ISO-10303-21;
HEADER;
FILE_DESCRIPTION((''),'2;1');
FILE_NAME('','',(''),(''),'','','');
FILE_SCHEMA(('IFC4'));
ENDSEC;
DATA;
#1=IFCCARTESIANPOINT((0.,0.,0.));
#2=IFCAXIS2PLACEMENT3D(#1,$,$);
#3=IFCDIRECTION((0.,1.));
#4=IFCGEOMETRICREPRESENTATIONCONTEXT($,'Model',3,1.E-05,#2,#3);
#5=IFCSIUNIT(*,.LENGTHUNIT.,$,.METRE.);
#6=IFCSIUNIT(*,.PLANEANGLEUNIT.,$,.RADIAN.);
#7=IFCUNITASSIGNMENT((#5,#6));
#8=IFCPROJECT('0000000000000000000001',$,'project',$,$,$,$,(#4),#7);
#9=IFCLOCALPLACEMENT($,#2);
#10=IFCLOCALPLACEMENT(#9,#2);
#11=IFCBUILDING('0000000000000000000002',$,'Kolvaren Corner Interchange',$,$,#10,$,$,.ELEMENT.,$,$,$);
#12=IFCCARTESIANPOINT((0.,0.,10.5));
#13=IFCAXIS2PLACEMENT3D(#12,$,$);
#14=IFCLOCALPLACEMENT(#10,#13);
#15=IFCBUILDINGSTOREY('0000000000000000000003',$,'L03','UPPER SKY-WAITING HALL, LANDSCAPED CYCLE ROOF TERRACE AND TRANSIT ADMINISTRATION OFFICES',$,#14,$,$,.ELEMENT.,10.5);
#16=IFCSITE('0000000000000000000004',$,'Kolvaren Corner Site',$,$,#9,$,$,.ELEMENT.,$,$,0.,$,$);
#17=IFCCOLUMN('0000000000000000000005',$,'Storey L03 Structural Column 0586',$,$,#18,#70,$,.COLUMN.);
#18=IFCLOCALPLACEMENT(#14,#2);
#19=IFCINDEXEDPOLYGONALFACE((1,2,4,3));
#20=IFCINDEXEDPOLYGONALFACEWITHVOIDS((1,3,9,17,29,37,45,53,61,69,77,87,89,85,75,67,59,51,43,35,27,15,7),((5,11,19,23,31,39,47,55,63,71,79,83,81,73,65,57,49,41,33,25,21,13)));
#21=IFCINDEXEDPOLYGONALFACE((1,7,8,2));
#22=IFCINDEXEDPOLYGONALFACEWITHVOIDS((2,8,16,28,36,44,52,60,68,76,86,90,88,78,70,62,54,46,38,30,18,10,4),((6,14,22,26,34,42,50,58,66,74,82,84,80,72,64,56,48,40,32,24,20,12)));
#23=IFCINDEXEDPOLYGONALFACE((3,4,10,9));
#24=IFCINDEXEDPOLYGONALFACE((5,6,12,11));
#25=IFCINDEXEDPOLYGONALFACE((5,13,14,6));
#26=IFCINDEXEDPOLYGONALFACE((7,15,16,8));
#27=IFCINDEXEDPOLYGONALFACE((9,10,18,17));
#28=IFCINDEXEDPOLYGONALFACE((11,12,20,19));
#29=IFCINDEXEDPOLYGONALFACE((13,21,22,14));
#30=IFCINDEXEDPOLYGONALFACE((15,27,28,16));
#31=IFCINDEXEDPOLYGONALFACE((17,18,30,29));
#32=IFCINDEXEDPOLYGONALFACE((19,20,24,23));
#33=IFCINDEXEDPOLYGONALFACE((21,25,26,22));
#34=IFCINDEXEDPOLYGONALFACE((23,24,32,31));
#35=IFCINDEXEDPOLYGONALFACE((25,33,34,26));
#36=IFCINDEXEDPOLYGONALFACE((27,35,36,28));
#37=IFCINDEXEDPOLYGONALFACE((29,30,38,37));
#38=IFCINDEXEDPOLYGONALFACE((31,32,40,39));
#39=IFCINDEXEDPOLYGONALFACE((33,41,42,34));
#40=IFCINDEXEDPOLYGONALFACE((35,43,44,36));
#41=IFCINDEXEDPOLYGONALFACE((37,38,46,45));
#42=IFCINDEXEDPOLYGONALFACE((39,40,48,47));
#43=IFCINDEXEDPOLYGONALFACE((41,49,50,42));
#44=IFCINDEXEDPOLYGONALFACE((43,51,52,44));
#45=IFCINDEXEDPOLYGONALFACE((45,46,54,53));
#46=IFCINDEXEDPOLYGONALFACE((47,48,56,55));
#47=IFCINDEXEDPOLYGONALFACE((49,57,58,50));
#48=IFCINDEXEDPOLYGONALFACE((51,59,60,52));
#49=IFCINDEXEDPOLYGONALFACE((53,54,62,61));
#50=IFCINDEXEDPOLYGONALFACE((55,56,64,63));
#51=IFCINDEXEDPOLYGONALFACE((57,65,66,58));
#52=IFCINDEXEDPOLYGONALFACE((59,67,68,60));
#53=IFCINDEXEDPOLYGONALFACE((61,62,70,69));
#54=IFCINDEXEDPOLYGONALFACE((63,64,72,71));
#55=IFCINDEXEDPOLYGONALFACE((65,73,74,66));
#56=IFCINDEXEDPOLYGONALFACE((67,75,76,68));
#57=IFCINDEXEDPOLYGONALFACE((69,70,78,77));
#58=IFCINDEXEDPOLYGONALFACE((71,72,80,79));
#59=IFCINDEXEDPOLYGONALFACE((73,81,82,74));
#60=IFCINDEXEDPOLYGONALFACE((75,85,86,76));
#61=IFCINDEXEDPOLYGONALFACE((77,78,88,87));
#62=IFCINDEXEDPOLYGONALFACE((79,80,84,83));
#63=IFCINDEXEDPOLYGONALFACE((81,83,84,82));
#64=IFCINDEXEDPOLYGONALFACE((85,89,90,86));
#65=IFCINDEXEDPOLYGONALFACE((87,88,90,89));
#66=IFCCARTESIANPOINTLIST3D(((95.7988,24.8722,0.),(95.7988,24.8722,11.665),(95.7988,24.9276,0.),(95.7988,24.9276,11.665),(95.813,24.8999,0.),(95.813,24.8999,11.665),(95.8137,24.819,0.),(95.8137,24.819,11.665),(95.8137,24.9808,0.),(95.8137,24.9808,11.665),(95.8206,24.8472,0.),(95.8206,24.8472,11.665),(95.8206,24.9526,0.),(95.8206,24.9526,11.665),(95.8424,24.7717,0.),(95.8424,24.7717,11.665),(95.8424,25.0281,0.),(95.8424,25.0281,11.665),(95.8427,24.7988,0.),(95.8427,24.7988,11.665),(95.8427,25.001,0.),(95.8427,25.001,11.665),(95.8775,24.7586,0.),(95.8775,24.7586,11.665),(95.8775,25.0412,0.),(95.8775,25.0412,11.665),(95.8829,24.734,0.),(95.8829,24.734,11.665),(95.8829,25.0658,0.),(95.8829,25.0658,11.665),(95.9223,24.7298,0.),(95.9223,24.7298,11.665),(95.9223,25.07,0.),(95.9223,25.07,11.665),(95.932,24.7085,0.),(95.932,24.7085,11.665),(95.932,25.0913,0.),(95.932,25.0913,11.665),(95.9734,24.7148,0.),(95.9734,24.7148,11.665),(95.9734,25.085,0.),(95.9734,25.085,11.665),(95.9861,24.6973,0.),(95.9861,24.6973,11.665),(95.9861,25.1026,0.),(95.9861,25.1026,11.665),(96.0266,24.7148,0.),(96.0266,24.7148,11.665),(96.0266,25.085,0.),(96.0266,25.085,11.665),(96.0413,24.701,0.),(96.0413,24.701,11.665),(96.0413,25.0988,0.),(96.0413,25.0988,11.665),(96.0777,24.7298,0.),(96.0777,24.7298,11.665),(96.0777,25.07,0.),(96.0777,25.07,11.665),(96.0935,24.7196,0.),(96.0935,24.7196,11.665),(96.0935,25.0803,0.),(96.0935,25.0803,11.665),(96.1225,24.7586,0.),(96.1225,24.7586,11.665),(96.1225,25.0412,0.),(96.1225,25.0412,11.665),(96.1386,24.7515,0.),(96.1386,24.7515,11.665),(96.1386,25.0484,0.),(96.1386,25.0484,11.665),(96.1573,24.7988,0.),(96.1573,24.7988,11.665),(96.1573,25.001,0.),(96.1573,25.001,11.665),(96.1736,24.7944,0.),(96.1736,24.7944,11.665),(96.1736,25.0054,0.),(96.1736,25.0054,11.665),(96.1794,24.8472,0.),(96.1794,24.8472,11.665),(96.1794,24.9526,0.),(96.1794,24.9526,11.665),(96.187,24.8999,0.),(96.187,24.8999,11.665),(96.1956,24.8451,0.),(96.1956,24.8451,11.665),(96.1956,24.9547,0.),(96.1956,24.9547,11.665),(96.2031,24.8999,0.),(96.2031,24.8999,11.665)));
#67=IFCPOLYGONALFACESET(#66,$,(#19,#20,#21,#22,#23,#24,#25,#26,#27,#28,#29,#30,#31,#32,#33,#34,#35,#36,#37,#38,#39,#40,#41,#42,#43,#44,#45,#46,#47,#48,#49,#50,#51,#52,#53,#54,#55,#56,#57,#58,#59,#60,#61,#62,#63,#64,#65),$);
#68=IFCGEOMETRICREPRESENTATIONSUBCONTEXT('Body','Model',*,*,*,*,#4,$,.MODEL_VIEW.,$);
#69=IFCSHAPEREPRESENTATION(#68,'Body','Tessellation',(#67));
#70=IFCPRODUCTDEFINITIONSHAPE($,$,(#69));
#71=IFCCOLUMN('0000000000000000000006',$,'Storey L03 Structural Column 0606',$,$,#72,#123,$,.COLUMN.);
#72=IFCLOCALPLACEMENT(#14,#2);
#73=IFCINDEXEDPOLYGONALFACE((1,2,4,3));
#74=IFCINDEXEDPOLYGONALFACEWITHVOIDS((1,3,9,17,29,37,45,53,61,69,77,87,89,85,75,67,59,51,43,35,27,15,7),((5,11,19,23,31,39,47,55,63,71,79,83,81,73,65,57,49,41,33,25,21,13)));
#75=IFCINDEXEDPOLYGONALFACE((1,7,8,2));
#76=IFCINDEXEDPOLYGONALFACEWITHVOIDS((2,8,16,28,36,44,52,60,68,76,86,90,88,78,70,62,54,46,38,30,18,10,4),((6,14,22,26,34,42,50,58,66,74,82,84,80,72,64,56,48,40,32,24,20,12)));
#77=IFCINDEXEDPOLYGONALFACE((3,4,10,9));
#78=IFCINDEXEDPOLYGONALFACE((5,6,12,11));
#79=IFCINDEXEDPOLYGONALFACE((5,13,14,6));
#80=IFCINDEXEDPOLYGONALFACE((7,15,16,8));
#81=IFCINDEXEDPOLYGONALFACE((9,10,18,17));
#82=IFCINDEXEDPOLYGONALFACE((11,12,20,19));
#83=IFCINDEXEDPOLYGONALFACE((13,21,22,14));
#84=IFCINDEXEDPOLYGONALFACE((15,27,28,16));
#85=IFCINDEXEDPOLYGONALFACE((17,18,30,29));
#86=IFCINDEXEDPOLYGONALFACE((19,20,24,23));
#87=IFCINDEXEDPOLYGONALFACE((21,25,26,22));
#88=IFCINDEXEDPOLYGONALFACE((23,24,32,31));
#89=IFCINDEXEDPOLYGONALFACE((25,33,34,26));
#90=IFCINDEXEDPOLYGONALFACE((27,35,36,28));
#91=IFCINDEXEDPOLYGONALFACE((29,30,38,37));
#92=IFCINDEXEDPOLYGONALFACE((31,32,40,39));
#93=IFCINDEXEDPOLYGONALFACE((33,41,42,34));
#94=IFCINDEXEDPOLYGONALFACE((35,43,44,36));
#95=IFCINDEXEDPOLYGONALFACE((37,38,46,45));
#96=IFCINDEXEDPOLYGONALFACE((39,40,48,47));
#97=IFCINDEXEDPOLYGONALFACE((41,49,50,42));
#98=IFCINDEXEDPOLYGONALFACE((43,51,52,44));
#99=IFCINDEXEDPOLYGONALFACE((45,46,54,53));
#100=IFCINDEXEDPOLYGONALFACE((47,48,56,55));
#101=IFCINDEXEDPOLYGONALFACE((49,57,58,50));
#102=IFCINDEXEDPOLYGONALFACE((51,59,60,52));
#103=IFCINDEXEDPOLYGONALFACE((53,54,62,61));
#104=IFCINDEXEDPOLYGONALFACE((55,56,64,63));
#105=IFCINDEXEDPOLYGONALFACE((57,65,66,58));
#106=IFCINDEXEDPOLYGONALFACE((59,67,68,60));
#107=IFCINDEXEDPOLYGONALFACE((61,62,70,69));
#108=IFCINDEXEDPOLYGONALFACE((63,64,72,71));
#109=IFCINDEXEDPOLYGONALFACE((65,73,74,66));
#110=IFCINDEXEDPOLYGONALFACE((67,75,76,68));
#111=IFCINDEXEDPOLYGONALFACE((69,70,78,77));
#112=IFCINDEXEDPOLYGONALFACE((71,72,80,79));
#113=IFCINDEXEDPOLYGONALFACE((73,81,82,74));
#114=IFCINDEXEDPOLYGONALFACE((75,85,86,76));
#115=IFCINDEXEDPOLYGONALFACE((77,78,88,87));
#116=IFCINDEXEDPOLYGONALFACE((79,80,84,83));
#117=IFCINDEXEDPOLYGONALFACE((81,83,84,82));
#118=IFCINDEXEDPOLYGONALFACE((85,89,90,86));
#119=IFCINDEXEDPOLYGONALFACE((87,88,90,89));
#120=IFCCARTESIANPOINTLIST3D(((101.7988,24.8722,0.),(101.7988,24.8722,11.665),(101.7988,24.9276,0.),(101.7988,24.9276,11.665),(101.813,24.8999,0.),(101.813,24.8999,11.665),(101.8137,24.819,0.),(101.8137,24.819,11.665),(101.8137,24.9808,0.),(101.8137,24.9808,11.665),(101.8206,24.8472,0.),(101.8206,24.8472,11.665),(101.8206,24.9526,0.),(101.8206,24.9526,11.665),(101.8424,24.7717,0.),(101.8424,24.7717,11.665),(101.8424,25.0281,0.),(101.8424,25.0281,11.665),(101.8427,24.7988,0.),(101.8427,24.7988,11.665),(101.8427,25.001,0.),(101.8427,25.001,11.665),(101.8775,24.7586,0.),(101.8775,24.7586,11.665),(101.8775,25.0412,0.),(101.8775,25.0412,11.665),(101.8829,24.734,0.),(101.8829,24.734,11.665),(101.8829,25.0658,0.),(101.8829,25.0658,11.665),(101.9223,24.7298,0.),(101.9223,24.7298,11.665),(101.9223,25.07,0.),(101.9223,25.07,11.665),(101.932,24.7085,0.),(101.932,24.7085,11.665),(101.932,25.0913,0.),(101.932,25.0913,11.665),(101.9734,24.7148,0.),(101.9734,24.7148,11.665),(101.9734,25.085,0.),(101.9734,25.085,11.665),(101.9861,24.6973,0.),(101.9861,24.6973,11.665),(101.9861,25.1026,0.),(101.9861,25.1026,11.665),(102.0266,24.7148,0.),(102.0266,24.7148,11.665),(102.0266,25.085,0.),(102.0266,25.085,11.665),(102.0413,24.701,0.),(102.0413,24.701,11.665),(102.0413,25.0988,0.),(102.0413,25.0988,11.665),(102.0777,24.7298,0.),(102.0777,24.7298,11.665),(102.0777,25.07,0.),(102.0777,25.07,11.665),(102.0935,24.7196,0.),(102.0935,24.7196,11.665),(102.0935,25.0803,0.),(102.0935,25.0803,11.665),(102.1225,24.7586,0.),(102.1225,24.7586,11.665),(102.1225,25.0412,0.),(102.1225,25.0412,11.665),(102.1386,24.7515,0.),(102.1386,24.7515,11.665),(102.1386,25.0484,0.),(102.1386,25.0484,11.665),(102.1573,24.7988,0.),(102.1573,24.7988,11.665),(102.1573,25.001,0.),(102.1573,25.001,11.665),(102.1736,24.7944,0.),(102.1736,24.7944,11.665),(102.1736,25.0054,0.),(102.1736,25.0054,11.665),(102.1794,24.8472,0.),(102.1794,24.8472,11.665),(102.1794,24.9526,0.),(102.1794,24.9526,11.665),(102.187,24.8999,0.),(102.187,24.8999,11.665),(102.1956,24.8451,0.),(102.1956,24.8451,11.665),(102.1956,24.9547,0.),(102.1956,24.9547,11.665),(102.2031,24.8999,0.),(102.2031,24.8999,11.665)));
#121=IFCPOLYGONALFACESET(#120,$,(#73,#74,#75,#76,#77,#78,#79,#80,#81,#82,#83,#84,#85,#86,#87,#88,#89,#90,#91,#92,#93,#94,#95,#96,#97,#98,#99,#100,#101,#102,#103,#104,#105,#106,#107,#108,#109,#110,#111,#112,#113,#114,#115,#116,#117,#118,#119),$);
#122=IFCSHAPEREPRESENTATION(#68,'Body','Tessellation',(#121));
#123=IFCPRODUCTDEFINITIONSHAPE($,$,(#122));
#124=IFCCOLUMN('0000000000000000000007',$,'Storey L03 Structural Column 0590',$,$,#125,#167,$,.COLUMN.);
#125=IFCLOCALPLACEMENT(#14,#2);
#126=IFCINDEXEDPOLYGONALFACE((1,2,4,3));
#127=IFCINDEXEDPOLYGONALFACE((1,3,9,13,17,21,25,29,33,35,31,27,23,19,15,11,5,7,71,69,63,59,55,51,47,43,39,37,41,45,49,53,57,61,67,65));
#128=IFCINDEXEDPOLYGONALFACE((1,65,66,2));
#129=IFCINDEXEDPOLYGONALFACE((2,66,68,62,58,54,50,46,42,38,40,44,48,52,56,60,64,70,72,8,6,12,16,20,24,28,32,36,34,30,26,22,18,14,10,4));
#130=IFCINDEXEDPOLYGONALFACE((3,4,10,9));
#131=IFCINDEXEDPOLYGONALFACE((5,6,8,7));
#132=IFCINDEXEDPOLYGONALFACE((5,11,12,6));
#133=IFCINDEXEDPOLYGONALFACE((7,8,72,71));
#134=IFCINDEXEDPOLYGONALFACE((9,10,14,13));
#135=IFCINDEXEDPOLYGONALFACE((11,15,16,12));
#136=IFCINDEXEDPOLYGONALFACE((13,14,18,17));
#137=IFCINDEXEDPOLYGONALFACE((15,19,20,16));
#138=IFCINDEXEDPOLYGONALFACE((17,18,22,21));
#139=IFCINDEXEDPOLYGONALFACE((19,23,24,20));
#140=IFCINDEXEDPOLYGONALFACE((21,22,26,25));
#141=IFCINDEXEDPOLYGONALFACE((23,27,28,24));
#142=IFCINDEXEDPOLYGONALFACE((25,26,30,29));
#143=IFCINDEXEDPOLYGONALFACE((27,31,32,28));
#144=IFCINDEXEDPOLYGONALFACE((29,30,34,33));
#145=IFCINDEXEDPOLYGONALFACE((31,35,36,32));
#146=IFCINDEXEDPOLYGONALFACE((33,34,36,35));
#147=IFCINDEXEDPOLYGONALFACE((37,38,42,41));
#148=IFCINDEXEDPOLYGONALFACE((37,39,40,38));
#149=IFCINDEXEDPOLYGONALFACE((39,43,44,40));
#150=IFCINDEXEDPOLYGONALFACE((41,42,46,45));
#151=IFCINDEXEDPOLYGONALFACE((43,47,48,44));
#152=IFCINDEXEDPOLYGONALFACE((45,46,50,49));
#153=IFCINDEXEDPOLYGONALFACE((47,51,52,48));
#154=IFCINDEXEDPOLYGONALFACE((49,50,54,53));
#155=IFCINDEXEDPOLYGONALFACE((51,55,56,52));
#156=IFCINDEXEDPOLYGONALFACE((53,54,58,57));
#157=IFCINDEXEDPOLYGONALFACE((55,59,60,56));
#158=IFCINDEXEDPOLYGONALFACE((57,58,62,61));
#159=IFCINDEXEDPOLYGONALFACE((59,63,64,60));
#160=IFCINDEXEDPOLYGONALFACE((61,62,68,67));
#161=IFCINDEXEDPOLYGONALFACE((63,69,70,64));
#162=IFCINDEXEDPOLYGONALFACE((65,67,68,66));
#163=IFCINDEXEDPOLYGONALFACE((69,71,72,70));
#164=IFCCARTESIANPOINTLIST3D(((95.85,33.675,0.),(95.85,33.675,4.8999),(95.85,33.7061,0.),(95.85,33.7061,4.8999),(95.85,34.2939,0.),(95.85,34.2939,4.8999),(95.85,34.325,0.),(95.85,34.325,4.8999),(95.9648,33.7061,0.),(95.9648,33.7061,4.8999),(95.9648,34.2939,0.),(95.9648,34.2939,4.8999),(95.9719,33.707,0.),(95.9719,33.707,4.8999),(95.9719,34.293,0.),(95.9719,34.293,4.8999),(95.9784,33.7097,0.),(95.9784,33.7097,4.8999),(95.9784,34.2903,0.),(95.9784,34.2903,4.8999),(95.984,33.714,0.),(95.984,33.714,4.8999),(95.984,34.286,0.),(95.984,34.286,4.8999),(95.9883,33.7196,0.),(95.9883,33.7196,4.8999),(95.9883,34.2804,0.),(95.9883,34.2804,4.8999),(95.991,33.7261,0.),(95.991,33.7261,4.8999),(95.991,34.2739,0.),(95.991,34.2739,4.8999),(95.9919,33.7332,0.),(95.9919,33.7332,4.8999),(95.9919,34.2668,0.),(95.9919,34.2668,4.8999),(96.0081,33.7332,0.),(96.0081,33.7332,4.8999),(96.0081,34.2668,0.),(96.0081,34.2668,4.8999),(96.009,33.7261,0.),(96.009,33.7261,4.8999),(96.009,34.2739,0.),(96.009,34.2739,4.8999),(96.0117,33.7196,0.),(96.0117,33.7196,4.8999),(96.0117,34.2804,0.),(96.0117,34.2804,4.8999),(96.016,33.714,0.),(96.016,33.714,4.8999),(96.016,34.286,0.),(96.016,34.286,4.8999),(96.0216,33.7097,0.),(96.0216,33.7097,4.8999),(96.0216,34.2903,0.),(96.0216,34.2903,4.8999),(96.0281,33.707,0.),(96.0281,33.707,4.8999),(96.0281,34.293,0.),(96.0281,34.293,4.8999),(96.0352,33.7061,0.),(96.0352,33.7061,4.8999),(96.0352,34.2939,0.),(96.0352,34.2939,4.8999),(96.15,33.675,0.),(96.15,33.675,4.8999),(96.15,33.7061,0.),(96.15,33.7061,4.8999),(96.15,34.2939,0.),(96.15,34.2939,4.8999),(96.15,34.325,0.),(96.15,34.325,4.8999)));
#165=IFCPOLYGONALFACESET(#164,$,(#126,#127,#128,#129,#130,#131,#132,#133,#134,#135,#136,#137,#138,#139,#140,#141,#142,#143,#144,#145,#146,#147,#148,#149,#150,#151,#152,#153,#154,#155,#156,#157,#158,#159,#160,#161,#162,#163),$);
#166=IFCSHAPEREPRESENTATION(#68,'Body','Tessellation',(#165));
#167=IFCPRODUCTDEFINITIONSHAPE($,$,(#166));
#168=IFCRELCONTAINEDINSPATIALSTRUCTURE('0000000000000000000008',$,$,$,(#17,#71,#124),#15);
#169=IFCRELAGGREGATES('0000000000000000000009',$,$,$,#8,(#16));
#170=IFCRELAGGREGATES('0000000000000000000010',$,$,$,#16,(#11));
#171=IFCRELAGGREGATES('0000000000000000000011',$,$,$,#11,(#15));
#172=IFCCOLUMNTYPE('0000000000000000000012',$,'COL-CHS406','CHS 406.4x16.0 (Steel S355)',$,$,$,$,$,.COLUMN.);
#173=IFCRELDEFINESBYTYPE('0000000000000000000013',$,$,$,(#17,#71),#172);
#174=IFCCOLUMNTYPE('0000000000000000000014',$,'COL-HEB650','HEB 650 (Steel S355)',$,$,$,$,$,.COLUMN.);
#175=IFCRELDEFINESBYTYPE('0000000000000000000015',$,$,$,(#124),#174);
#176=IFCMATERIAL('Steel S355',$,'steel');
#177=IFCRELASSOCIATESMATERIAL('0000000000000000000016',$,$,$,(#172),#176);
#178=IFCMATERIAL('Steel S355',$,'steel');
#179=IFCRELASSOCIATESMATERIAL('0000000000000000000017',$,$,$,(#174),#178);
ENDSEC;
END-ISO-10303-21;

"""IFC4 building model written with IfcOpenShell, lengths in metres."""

from ifc_helpers import new_model, si_unit, direction, frame, origin, origin_2d, place, context, subcontext, project, spatial, hollow_circle, i_section, extrude, material, material_profile, profile_set, type_object, element, save


model = new_model("IFC4")

# Units and contexts
model_context = context("Model", 3, precision=1e-05, world=origin(), true_north=direction((0.0, 1.0)))
body_context = subcontext(model_context, "Body", "Model", "MODEL_VIEW")
ifc_project = project(units=[si_unit("LENGTHUNIT", "METRE"), si_unit("PLANEANGLEUNIT", "RADIAN")], contexts=[model_context])

# Site, building, storey
site_placement = place(None, origin())
site = spatial("IfcSite", under=ifc_project, at=site_placement, Name="Kolvaren Corner Site", CompositionType="ELEMENT", RefElevation=0.0)
building_placement = place(site_placement, origin())
building = spatial("IfcBuilding", under=site, at=building_placement, Name="Kolvaren Corner Interchange", CompositionType="ELEMENT")
storey_placement = place(building_placement, frame((0.0, 0.0, 10.5)))
storey = spatial("IfcBuildingStorey", under=building, at=storey_placement, Name="L03", Description="UPPER SKY-WAITING HALL, LANDSCAPED CYCLE ROOF TERRACE AND TRANSIT ADMINISTRATION OFFICES", CompositionType="ELEMENT", Elevation=10.5)

# Columns
ifc_material_1 = material(Name="Steel S355", Category="steel")
ifc_material_profile_1 = material_profile(ifc_material_1, hollow_circle(Radius=0.2031, WallThickness=0.0161, at=origin_2d()), Name="CHS 406.4x16.0")
ifc_profile_set_1 = profile_set([ifc_material_profile_1], Name="Steel S355")
column_type_1 = type_object("IfcColumnType", Name="COL-CHS406", Description="CHS 406.4x16.0 (Steel S355)", PredefinedType="COLUMN", material=ifc_profile_set_1)
for number, where, z_axis, x_axis, name in (
    (1, (96.0, 24.8999, 0.0), (0.0, 0.0, 1.0), (1.0, 0.0, 0.0), "Storey L03 Structural Column 0586"),
    (2, (102.0, 24.8999, 0.0), (0.0, 0.0, 1.0), (1.0, 0.0, 0.0), "Storey L03 Structural Column 0606"),
):
    element("IfcColumn", number, at=place(storey_placement, frame(where, z_axis=z_axis, x_axis=x_axis)), inside=storey, type_object=column_type_1, Name=name, PredefinedType="COLUMN", context=body_context, shape_type="SweptSolid", body=[
        extrude(hollow_circle(Radius=0.2031, WallThickness=0.0161, at=origin_2d()), origin(), (0.0, 0.0, 1.0), 11.665),
    ])
ifc_material_2 = material(Name="Steel S355", Category="steel")
ifc_material_profile_2 = material_profile(ifc_material_2, i_section(OverallWidth=0.3, OverallDepth=0.6499, WebThickness=0.0161, FlangeThickness=0.031, FilletRadius=0.0271, at=origin_2d()), Name="HEB 650")
ifc_profile_set_2 = profile_set([ifc_material_profile_2], Name="Steel S355")
column_type_2 = type_object("IfcColumnType", Name="COL-HEB650", Description="HEB 650 (Steel S355)", PredefinedType="COLUMN", material=ifc_profile_set_2)
for number, where, z_axis, x_axis, name in (
    (3, (96.0, 34.0, 0.0), (0.0, 0.0, 1.0), (1.0, 0.0, 0.0), "Storey L03 Structural Column 0590"),
):
    element("IfcColumn", number, at=place(storey_placement, frame(where, z_axis=z_axis, x_axis=x_axis)), inside=storey, type_object=column_type_2, Name=name, PredefinedType="COLUMN", context=body_context, shape_type="SweptSolid", body=[
        extrude(i_section(OverallWidth=0.3, OverallDepth=0.6499, WebThickness=0.0161, FlangeThickness=0.031, FilletRadius=0.0271, at=origin_2d()), origin(), (0.0, 0.0, 1.0), 4.8999),
    ])

save(model, "model.ifc")
